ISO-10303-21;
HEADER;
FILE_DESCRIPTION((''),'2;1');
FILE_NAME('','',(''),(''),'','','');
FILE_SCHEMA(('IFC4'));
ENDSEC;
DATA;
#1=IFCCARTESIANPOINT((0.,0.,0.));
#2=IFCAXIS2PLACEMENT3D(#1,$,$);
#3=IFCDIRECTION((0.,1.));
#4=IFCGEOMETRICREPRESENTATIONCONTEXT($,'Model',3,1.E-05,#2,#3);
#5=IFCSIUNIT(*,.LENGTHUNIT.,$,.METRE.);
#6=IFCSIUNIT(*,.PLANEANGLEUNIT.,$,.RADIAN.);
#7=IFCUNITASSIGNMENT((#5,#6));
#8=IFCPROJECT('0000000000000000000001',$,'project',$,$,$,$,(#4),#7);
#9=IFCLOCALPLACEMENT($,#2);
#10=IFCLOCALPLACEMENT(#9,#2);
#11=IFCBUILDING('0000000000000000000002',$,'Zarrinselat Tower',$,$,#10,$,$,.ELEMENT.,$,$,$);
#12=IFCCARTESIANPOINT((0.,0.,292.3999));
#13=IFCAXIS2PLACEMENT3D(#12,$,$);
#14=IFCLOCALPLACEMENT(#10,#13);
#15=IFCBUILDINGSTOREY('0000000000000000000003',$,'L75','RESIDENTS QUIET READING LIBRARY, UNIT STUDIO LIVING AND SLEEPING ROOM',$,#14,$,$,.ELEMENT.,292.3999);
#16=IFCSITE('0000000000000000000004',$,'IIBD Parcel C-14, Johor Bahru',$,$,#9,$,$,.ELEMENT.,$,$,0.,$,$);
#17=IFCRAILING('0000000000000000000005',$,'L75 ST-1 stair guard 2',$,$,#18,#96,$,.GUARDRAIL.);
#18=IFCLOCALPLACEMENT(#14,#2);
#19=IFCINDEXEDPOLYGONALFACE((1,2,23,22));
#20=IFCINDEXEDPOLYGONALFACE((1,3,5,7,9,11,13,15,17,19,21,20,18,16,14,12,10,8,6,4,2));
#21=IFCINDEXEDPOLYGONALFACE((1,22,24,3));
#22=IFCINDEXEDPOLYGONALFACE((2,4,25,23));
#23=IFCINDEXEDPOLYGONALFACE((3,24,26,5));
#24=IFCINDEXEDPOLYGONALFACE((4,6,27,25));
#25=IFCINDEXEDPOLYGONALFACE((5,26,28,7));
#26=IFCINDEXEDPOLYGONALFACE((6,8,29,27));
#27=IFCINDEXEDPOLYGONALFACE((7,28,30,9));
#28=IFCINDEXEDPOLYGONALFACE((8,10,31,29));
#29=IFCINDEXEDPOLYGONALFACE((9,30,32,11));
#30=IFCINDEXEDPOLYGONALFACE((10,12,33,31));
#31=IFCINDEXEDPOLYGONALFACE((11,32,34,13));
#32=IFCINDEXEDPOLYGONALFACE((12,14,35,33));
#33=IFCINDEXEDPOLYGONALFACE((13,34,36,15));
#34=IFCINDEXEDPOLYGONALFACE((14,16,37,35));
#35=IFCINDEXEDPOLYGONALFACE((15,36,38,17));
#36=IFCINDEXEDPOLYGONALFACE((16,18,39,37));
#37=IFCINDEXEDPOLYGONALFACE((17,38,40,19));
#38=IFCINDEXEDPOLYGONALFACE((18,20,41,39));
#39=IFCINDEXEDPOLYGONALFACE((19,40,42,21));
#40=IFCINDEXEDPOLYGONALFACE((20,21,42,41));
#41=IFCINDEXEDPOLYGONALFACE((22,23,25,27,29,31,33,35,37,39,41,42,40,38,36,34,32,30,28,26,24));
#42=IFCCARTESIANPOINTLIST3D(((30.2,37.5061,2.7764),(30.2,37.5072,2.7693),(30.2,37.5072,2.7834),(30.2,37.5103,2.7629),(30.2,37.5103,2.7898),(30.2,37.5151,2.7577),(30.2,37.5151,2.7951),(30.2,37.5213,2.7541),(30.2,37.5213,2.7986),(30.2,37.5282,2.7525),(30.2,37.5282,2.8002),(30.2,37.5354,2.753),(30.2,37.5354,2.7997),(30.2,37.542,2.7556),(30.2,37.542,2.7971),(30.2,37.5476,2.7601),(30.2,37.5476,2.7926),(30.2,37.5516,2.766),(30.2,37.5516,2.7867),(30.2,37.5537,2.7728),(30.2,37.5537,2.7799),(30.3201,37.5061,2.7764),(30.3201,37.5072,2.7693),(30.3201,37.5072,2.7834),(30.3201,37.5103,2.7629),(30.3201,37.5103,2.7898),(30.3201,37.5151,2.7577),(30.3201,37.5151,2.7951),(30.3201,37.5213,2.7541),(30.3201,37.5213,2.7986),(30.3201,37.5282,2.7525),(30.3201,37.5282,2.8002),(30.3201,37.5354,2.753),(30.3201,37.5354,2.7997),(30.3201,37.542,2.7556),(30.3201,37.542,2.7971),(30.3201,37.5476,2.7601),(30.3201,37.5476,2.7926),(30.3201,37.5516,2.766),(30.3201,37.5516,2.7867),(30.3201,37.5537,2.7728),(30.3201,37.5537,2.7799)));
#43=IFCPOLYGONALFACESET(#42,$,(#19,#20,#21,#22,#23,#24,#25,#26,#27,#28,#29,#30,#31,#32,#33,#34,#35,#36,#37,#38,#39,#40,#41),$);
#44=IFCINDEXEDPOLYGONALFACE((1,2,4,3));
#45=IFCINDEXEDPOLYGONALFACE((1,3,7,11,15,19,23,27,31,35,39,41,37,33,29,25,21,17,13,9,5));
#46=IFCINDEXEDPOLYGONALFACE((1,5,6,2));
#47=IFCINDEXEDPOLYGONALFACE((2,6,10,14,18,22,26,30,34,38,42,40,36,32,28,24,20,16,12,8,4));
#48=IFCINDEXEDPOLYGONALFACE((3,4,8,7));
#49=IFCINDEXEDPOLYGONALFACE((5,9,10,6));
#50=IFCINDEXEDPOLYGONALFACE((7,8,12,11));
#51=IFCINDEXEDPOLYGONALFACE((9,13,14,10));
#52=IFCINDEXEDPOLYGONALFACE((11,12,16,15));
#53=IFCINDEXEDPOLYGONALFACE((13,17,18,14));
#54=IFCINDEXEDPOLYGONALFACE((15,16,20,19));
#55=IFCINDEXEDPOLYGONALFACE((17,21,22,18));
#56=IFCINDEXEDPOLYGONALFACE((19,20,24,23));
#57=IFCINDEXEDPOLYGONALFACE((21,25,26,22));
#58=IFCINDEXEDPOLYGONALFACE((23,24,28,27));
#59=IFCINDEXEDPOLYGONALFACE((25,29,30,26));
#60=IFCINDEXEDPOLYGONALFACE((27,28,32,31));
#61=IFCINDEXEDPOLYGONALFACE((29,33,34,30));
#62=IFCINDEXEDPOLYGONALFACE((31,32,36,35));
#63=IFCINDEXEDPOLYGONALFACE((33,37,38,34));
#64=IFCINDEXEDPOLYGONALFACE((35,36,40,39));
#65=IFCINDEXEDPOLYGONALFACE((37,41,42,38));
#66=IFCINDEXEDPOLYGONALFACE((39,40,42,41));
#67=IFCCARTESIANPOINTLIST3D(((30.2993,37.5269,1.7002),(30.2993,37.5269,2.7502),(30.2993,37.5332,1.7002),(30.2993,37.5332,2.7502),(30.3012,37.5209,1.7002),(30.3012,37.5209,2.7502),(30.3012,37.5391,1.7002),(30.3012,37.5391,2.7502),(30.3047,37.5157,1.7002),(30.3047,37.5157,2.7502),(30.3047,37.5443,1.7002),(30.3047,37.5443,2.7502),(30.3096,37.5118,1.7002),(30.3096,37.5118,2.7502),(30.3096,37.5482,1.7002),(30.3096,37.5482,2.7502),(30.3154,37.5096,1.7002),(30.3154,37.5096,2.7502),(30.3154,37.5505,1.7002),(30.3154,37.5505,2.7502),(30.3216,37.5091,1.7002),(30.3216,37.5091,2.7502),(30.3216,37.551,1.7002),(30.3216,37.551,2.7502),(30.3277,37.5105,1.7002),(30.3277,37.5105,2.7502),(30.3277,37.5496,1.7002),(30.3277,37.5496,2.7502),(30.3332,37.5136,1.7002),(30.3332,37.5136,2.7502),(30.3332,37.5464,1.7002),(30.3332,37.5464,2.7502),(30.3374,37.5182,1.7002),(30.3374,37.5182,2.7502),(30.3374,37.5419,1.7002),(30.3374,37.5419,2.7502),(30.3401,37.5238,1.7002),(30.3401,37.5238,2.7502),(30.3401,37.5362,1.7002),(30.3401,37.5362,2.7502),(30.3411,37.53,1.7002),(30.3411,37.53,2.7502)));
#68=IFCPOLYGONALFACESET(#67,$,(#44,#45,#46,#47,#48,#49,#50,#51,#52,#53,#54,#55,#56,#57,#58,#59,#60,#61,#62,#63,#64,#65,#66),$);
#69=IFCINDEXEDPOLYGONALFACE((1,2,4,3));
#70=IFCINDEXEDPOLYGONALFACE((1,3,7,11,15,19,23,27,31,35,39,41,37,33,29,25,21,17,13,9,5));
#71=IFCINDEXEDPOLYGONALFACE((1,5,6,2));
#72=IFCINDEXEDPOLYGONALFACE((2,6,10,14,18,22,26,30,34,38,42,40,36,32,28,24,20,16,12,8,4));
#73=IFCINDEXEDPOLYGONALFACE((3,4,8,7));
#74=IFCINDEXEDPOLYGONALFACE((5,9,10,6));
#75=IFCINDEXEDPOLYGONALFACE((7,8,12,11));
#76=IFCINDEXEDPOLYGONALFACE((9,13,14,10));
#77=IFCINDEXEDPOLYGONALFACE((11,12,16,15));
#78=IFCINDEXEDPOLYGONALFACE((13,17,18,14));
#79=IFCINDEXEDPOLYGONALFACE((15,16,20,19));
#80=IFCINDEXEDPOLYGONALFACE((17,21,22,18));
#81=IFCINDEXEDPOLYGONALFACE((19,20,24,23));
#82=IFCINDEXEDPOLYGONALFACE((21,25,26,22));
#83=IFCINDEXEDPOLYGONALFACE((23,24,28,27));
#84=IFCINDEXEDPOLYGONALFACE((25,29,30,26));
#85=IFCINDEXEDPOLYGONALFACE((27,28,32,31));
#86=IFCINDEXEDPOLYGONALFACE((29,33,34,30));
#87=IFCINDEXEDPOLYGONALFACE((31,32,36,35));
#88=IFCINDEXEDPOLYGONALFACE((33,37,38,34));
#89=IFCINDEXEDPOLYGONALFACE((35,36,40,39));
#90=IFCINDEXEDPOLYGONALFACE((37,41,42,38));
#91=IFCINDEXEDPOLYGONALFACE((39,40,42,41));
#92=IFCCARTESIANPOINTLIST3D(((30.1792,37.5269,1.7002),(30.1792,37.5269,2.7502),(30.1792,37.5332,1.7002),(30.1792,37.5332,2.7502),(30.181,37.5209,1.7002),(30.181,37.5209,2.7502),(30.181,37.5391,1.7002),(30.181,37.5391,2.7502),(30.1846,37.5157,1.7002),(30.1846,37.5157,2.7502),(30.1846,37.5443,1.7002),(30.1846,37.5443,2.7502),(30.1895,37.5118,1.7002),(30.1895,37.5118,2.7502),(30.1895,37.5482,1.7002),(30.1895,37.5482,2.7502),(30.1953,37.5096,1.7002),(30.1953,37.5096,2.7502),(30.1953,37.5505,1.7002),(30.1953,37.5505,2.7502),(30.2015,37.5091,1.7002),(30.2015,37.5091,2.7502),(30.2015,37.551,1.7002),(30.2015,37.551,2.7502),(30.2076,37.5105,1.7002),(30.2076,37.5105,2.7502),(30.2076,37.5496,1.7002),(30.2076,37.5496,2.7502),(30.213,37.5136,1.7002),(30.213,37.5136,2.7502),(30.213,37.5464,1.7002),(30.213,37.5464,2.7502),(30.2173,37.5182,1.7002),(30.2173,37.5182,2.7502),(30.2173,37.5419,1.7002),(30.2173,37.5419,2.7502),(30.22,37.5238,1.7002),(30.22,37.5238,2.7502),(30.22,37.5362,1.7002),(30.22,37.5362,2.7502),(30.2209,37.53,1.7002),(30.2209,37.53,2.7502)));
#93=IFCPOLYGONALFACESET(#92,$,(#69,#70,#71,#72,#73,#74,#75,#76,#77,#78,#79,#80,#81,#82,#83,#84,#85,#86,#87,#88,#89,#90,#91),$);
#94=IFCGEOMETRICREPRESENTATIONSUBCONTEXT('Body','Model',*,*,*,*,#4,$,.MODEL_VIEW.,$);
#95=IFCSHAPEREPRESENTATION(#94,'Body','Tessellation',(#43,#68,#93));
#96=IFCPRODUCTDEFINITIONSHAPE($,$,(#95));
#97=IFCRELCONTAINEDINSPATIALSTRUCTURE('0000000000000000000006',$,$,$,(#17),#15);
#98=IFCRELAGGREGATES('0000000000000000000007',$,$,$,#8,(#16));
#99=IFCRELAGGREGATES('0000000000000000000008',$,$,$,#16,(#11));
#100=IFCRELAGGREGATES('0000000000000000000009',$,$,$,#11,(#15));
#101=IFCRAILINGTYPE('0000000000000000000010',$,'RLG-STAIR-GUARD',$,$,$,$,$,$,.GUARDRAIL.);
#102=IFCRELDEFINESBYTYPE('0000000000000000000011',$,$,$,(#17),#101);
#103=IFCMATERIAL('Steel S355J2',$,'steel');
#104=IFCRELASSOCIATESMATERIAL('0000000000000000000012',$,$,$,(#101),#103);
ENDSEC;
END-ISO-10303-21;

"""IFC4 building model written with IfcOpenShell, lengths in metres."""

from ifc_helpers import new_model, si_unit, direction, frame, origin, origin_2d, place, context, subcontext, project, spatial, circle, extrude, material, type_object, element, save


model = new_model("IFC4")

# Units and contexts
model_context = context("Model", 3, precision=1e-05, world=origin(), true_north=direction((0.0, 1.0)))
body_context = subcontext(model_context, "Body", "Model", "MODEL_VIEW")
ifc_project = project(units=[si_unit("LENGTHUNIT", "METRE"), si_unit("PLANEANGLEUNIT", "RADIAN")], contexts=[model_context])

# Site, building, storey
site_placement = place(None, origin())
site = spatial("IfcSite", under=ifc_project, at=site_placement, Name="IIBD Parcel C-14, Johor Bahru", CompositionType="ELEMENT", RefElevation=0.0)
building_placement = place(site_placement, origin())
building = spatial("IfcBuilding", under=site, at=building_placement, Name="Zarrinselat Tower", CompositionType="ELEMENT")
storey_placement = place(building_placement, frame((0.0, 0.0, 292.3999)))
storey = spatial("IfcBuildingStorey", under=building, at=storey_placement, Name="L75", Description="RESIDENTS QUIET READING LIBRARY, UNIT STUDIO LIVING AND SLEEPING ROOM", CompositionType="ELEMENT", Elevation=292.3999)

# Railing
ifc_material_1 = material(Name="Steel S355J2", Category="steel")
railing_type_1 = type_object("IfcRailingType", Name="RLG-STAIR-GUARD", PredefinedType="GUARDRAIL", material=ifc_material_1)
railing_1_placement = place(storey_placement, frame((30.3201, 37.53, 1.7002)))
element("IfcRailing", 1, at=railing_1_placement, inside=storey, type_object=railing_type_1, Name="L75 ST-1 stair guard 2", PredefinedType="GUARDRAIL", context=body_context, shape_type="SweptSolid", body=[
    extrude(circle(Radius=0.0239, at=origin_2d()), frame((0.0, 0.0, 1.0762), z_axis=(-1.0, 0.0, 0.0), x_axis=(0.0, -1.0, 0.0)), (0.0, 0.0, 1.0), 0.1201),
    extrude(circle(Radius=0.021, at=origin_2d()), origin(), (0.0, 0.0, 1.0), 1.05),
    extrude(circle(Radius=0.021, at=origin_2d()), frame((-0.1201, 0.0, 0.0)), (0.0, 0.0, 1.0), 1.05),
])

save(model, "model.ifc")
